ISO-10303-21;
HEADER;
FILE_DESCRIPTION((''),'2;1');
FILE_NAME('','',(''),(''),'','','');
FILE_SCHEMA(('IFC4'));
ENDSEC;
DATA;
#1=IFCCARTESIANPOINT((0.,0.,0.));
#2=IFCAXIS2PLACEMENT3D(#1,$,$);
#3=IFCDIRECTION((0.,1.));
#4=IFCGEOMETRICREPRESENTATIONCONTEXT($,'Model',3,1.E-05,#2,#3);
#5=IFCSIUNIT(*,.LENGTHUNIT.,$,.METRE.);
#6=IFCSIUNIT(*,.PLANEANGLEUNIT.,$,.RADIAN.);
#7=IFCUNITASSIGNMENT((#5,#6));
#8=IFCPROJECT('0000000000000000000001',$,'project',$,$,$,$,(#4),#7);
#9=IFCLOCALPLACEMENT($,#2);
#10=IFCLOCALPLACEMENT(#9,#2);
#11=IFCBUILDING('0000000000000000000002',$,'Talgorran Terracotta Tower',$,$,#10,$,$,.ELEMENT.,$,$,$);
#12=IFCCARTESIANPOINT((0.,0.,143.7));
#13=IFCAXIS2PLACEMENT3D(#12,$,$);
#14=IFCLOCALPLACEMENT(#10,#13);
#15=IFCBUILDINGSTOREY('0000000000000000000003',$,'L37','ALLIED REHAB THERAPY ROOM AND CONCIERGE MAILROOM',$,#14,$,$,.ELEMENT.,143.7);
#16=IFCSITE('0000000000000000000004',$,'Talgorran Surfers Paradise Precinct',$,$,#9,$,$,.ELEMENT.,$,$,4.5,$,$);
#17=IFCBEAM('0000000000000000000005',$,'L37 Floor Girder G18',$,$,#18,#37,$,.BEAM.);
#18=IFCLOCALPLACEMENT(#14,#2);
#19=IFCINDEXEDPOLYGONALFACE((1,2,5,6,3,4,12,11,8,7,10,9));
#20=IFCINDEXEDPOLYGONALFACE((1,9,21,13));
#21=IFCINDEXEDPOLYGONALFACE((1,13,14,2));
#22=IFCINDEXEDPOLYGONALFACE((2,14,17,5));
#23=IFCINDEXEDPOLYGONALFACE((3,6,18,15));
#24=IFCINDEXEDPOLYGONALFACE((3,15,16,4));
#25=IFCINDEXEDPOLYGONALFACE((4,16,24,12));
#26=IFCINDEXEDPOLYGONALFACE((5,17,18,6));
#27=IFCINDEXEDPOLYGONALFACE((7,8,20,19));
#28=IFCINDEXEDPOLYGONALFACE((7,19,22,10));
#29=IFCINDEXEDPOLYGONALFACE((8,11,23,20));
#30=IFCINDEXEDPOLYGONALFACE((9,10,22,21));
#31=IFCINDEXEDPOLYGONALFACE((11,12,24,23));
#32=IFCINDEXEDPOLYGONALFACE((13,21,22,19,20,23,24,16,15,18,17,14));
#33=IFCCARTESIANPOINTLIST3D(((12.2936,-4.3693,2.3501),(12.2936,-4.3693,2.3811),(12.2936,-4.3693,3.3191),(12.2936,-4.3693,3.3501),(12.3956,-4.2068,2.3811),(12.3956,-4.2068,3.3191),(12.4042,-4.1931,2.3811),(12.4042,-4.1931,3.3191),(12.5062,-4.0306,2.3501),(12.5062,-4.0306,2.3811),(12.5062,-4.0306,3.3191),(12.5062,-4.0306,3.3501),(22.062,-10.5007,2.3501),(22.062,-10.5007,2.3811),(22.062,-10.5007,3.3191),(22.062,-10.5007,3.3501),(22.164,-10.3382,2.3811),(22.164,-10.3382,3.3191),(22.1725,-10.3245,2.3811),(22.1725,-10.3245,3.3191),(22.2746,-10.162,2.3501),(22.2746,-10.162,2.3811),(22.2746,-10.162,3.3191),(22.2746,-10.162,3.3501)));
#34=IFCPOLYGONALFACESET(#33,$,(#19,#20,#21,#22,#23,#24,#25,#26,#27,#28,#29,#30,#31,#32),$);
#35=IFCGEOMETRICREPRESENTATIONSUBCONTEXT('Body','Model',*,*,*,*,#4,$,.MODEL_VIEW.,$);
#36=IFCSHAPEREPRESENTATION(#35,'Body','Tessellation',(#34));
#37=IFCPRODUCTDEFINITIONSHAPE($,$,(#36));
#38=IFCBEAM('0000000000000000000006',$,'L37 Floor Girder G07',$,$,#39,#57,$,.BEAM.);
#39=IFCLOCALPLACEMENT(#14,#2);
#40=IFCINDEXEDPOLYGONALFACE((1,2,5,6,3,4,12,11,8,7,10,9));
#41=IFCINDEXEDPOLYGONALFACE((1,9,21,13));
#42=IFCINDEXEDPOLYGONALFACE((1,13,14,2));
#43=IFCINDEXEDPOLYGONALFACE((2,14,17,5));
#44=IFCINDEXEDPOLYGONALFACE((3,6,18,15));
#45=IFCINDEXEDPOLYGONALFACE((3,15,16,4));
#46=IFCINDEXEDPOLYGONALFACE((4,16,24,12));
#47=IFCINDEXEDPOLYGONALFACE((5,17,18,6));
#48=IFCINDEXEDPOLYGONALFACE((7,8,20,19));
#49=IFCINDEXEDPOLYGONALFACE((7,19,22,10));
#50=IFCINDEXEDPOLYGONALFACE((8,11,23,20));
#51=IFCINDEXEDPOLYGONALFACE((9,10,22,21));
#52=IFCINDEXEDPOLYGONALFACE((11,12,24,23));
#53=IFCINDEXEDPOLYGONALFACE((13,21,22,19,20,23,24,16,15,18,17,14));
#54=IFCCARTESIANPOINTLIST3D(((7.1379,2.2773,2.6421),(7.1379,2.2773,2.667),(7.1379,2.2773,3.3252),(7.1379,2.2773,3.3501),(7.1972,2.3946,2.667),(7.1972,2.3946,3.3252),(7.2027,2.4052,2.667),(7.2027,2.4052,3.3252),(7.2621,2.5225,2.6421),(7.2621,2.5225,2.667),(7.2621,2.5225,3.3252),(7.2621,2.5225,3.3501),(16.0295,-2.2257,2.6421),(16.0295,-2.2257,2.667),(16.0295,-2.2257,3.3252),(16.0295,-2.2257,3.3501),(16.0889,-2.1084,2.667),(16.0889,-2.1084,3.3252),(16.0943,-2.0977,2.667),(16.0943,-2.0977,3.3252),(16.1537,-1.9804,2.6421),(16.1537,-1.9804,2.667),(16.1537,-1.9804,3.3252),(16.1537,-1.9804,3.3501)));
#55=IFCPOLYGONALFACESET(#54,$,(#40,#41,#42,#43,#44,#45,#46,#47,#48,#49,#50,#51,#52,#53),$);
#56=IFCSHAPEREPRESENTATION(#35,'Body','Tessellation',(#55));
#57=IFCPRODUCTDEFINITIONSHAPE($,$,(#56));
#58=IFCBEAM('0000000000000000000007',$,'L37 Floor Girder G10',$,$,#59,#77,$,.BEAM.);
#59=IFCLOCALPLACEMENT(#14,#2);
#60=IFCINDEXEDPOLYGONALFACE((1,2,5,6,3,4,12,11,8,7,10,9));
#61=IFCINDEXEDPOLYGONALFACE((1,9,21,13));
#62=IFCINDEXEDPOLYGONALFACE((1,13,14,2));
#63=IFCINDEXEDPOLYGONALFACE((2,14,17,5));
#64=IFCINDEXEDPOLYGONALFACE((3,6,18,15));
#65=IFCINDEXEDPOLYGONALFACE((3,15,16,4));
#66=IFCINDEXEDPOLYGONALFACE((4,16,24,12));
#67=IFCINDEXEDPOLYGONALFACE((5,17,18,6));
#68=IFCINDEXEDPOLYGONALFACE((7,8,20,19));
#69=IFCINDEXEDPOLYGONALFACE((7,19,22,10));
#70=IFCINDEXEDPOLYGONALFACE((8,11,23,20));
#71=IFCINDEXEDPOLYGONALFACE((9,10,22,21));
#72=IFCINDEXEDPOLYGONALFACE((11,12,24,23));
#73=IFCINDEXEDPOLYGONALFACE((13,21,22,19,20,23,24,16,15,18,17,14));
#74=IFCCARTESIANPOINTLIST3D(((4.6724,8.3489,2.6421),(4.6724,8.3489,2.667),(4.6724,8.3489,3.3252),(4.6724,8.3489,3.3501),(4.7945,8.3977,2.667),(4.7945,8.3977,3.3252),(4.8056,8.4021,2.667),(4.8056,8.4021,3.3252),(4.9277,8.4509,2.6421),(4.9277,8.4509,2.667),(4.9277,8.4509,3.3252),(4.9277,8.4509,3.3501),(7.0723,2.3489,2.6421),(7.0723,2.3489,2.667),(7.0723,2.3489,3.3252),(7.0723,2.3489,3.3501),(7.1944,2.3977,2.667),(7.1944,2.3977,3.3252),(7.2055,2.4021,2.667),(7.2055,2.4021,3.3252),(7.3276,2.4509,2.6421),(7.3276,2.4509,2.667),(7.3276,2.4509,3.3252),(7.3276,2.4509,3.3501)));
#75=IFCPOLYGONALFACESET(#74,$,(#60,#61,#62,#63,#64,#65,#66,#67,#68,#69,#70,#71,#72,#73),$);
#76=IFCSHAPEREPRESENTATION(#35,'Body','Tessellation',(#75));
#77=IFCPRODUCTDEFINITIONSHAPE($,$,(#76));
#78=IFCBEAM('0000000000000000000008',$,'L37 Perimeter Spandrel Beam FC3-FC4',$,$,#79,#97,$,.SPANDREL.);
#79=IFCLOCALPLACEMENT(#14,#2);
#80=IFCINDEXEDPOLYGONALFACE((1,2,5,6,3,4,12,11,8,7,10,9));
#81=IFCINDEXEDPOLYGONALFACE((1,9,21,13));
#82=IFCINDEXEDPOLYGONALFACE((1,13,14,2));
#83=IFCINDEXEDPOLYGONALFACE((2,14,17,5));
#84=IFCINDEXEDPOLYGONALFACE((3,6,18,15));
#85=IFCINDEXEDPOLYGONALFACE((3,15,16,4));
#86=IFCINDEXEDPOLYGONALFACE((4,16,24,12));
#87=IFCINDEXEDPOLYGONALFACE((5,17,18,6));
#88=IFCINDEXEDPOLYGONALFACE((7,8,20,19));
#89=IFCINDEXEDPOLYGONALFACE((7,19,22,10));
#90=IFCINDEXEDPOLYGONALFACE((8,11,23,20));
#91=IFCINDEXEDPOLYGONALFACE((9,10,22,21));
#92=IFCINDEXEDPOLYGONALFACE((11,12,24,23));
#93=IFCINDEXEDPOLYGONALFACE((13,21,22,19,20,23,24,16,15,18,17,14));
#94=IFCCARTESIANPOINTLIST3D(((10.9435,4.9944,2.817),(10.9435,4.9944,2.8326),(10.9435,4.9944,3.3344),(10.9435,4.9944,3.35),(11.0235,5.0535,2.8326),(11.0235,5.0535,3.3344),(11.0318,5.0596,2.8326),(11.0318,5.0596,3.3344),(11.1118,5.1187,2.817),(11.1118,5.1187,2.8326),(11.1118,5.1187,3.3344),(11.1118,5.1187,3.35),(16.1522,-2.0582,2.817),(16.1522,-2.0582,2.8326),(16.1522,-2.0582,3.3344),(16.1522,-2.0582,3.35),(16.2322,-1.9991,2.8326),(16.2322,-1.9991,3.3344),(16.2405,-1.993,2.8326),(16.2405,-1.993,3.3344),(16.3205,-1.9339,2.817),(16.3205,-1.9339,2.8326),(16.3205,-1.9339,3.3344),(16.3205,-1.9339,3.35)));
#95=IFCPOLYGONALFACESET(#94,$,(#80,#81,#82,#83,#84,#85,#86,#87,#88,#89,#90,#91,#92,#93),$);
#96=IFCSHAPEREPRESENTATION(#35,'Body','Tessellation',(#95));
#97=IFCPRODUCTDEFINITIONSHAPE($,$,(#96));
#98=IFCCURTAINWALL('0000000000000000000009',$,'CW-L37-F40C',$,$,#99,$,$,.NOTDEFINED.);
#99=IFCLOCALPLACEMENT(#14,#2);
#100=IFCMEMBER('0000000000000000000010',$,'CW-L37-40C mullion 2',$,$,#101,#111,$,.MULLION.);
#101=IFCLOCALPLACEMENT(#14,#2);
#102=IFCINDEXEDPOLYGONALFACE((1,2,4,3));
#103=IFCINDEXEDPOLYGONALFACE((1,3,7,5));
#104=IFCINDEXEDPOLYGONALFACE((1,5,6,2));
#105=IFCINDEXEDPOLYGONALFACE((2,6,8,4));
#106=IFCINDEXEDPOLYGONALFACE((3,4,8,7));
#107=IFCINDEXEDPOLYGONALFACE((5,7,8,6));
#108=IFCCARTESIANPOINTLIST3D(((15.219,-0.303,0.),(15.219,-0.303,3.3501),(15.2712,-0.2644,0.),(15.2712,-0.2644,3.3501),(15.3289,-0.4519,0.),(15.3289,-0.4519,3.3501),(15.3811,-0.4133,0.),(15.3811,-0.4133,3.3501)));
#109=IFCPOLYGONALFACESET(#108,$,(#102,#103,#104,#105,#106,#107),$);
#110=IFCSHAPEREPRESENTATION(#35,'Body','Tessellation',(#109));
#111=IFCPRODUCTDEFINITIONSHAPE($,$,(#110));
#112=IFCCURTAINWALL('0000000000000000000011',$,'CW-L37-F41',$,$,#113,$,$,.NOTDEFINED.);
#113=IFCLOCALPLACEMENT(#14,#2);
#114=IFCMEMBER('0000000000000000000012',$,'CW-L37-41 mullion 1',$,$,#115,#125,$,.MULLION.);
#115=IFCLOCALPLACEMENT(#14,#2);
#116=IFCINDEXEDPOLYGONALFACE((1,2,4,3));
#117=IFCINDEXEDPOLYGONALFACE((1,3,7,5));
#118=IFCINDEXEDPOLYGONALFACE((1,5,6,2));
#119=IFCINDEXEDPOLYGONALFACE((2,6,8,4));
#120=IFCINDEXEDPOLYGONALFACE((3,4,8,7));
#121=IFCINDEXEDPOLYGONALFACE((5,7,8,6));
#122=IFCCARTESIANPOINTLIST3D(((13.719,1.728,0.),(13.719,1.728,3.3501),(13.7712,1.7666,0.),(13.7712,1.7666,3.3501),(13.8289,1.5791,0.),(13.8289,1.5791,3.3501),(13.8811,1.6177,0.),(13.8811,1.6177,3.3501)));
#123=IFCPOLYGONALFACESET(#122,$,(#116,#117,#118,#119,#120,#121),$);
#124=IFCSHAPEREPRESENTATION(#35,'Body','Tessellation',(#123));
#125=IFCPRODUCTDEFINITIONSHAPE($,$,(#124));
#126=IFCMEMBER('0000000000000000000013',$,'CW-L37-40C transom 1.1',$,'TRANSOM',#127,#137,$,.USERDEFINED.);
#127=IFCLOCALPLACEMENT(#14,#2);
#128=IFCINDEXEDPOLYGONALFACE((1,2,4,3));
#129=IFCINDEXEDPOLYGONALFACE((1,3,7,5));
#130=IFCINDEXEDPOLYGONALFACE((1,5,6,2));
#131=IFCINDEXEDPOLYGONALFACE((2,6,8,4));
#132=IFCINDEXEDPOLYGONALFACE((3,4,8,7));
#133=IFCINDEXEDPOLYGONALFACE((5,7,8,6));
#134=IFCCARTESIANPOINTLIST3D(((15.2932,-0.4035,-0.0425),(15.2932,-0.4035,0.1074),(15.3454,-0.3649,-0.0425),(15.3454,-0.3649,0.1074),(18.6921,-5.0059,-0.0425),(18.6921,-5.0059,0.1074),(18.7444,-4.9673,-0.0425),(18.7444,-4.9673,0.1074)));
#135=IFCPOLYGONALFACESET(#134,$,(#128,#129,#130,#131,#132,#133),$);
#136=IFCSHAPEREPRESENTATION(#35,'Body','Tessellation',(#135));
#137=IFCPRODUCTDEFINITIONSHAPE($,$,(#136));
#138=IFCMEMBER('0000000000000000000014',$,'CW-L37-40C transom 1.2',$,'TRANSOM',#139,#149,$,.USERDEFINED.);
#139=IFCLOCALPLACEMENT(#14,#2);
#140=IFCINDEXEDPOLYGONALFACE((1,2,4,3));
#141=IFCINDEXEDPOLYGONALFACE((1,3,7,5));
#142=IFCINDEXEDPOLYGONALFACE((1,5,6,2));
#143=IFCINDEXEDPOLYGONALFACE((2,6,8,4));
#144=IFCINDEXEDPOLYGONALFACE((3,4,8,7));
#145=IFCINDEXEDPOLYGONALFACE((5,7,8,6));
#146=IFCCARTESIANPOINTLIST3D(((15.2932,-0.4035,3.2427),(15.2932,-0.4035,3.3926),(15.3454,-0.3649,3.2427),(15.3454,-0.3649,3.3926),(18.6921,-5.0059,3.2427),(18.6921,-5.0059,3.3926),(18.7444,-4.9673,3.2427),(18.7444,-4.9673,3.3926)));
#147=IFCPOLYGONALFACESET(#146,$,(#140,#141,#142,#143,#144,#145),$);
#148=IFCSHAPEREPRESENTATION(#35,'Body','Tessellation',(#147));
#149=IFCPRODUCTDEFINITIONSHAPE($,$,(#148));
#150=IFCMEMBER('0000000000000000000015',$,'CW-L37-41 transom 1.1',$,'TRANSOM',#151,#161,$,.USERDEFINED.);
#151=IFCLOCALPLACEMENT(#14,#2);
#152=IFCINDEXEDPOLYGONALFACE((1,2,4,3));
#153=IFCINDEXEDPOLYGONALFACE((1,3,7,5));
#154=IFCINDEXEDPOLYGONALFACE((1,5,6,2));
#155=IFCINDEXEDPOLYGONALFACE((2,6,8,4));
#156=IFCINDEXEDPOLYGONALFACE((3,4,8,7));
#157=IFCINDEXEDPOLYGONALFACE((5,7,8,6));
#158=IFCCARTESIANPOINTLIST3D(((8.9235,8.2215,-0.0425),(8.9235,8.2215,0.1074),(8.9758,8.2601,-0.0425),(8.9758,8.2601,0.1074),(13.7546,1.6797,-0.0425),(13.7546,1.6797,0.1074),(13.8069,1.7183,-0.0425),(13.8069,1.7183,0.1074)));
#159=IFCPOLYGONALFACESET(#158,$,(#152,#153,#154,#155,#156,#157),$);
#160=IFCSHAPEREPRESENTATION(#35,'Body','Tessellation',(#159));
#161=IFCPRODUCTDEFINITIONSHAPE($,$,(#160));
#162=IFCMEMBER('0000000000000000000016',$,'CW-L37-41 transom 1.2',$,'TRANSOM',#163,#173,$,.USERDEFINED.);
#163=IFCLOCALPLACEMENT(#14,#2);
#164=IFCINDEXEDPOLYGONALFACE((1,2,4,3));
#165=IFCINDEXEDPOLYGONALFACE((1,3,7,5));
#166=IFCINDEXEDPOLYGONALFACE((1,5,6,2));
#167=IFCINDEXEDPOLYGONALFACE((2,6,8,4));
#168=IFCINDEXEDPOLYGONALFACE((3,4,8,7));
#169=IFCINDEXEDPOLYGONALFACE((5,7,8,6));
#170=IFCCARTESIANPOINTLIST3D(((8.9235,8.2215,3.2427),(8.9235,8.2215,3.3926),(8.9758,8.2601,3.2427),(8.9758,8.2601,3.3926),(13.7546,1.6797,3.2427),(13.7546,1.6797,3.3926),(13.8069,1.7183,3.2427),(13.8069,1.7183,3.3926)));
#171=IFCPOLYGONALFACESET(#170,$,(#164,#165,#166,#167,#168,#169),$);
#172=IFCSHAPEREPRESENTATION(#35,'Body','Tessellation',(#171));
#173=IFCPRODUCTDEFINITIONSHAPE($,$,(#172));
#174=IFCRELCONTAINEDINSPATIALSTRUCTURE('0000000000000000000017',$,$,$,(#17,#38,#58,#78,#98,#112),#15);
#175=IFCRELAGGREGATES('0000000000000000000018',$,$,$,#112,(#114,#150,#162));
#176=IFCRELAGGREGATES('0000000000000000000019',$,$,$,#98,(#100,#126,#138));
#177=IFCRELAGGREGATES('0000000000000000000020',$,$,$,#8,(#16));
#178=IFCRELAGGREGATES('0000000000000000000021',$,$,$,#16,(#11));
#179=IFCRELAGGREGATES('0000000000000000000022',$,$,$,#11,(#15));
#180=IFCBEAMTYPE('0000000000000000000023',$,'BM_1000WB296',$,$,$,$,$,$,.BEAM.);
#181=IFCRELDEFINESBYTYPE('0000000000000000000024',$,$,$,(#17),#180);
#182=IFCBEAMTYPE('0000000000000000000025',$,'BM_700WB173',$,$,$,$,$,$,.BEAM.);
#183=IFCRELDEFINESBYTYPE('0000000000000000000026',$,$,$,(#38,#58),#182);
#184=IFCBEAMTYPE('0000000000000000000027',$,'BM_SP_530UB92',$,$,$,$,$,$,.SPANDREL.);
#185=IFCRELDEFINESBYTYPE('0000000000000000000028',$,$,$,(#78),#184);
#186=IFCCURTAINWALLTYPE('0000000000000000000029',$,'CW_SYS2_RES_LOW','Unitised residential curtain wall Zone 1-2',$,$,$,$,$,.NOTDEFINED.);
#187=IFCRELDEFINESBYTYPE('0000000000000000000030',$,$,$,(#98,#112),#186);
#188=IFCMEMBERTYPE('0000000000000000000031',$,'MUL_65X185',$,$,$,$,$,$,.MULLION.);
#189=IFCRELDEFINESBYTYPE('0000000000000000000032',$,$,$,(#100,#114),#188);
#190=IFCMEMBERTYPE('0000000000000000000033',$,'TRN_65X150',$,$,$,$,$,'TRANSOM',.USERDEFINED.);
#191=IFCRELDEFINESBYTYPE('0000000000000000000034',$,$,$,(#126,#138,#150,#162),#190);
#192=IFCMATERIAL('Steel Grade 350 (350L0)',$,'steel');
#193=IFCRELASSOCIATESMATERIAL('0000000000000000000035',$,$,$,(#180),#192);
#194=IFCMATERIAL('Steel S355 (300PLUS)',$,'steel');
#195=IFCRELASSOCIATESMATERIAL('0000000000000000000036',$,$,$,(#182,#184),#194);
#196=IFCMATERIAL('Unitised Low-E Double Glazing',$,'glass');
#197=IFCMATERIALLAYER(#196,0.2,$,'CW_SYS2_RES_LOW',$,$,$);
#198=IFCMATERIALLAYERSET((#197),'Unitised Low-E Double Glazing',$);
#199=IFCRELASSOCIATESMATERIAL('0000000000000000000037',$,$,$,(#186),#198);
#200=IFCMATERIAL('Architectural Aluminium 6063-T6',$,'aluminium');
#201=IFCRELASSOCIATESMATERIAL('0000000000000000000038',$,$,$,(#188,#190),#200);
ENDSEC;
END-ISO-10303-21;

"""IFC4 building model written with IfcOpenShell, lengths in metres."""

from ifc_helpers import new_model, si_unit, direction, frame, origin, origin_2d, place, context, subcontext, project, spatial, rectangle, i_section, extrude, material, layer, layer_set, material_profile, profile_set, type_object, element, aggregate, save


model = new_model("IFC4")

# Units and contexts
model_context = context("Model", 3, precision=1e-05, world=origin(), true_north=direction((0.0, 1.0)))
body_context = subcontext(model_context, "Body", "Model", "MODEL_VIEW")
ifc_project = project(units=[si_unit("LENGTHUNIT", "METRE"), si_unit("PLANEANGLEUNIT", "RADIAN")], contexts=[model_context])

# Site, building, storey
site_placement = place(None, origin())
site = spatial("IfcSite", under=ifc_project, at=site_placement, Name="Talgorran Surfers Paradise Precinct", CompositionType="ELEMENT", RefElevation=4.5)
building_placement = place(site_placement, origin())
building = spatial("IfcBuilding", under=site, at=building_placement, Name="Talgorran Terracotta Tower", CompositionType="ELEMENT")
storey_placement = place(building_placement, frame((0.0, 0.0, 143.7)))
storey = spatial("IfcBuildingStorey", under=building, at=storey_placement, Name="L37", Description="ALLIED REHAB THERAPY ROOM AND CONCIERGE MAILROOM", CompositionType="ELEMENT", Elevation=143.7)

# Shared definitions
ifc_material_1 = material(Name="Steel S355 (300PLUS)", Category="steel")
ifc_material_2 = material(Name="Steel Grade 350 (350L0)", Category="steel")

# Beams
ifc_material_profile_1 = material_profile(ifc_material_2, i_section(OverallWidth=0.3999, OverallDepth=1.0, WebThickness=0.0161, FlangeThickness=0.031, at=origin_2d()), Name="1000WB296")
ifc_profile_set_1 = profile_set([ifc_material_profile_1], Name="Steel Grade 350 (350L0)")
beam_type_1 = type_object("IfcBeamType", Name="BM_1000WB296", PredefinedType="BEAM", material=ifc_profile_set_1)
beam_1_placement = place(storey_placement, frame((12.3999, -4.2, 2.8501), z_axis=(0.846978, -0.531629, 0.0), x_axis=(0.531629, 0.846978, 0.0)))
element("IfcBeam", 1, at=beam_1_placement, inside=storey, type_object=beam_type_1, Name="L37 Floor Girder G18", PredefinedType="BEAM", context=body_context, shape_type="SweptSolid", body=[
    extrude(i_section(OverallWidth=0.3999, OverallDepth=1.0, WebThickness=0.0161, FlangeThickness=0.031, at=origin_2d()), origin(), (0.0, 0.0, 1.0), 11.5332),
])
ifc_material_profile_2 = material_profile(ifc_material_1, i_section(OverallWidth=0.2749, OverallDepth=0.708, WebThickness=0.012, FlangeThickness=0.0249, at=origin_2d()), Name="700WB173")
ifc_profile_set_2 = profile_set([ifc_material_profile_2], Name="Steel S355 (300PLUS)")
beam_type_2 = type_object("IfcBeamType", Name="BM_700WB173", PredefinedType="BEAM", material=ifc_profile_set_2)
beam_2_placement = place(storey_placement, frame((7.2, 2.3999, 2.9961), z_axis=(0.892123, -0.451793, 0.0), x_axis=(0.451793, 0.892123, 0.0)))
element("IfcBeam", 2, at=beam_2_placement, inside=storey, type_object=beam_type_2, Name="L37 Floor Girder G07", PredefinedType="BEAM", context=body_context, shape_type="SweptSolid", body=[
    extrude(i_section(OverallWidth=0.2749, OverallDepth=0.708, WebThickness=0.012, FlangeThickness=0.0249, at=origin_2d()), origin(), (0.0, 0.0, 1.0), 9.9668),
])
beam_3_placement = place(storey_placement, frame((7.2, 2.3999, 2.9961), z_axis=(-0.371378, 0.928482, 0.0), x_axis=(-0.928482, -0.371378, 0.0)))
element("IfcBeam", 3, at=beam_3_placement, inside=storey, type_object=beam_type_2, Name="L37 Floor Girder G10", PredefinedType="BEAM", context=body_context, shape_type="SweptSolid", body=[
    extrude(i_section(OverallWidth=0.2749, OverallDepth=0.708, WebThickness=0.012, FlangeThickness=0.0249, at=origin_2d()), origin(), (0.0, 0.0, 1.0), 6.4622),
])
ifc_material_profile_3 = material_profile(ifc_material_1, i_section(OverallWidth=0.2092, OverallDepth=0.533, WebThickness=0.0103, FlangeThickness=0.0156, at=origin_2d()), Name="530UB92.4")
ifc_profile_set_3 = profile_set([ifc_material_profile_3], Name="Steel S355 (300PLUS)")
beam_type_3 = type_object("IfcBeamType", Name="BM_SP_530UB92", PredefinedType="SPANDREL", material=ifc_profile_set_3)
beam_4_placement = place(storey_placement, frame((16.2363, -1.9961, 3.0835), z_axis=(-0.594085, 0.804402, 0.0), x_axis=(-0.804402, -0.594085, 0.0)))
element("IfcBeam", 4, at=beam_4_placement, inside=storey, type_object=beam_type_3, Name="L37 Perimeter Spandrel Beam FC3-FC4", PredefinedType="SPANDREL", context=body_context, shape_type="SweptSolid", body=[
    extrude(i_section(OverallWidth=0.2092, OverallDepth=0.533, WebThickness=0.0103, FlangeThickness=0.0156, at=origin_2d()), origin(), (0.0, 0.0, 1.0), 8.7676),
])

# Curtain walls, members
ifc_material_3 = material(Name="Unitised Low-E Double Glazing", Category="glass")
ifc_layer_1 = layer(ifc_material_3, 0.2, Name="CW_SYS2_RES_LOW")
ifc_layer_set_1 = layer_set([ifc_layer_1], Name="Unitised Low-E Double Glazing")
curtain_wall_type = type_object("IfcCurtainWallType", Name="CW_SYS2_RES_LOW", Description="Unitised residential curtain wall Zone 1-2", PredefinedType="NOTDEFINED", material=ifc_layer_set_1)
curtain_wall_1_placement = place(storey_placement, origin())
curtain_wall_1 = element("IfcCurtainWall", 5, at=curtain_wall_1_placement, inside=storey, type_object=curtain_wall_type, Name="CW-L37-F40C", PredefinedType="NOTDEFINED")
ifc_material_4 = material(Name="Architectural Aluminium 6063-T6", Category="aluminium")
ifc_material_profile_4 = material_profile(ifc_material_4, rectangle(XDim=0.0649, YDim=0.1851, at=origin_2d()), Name="CWM65X185")
ifc_profile_set_4 = profile_set([ifc_material_profile_4], Name="Architectural Aluminium 6063-T6")
member_type_1 = type_object("IfcMemberType", Name="MUL_65X185", PredefinedType="MULLION", material=ifc_profile_set_4)
member_1_placement = place(storey_placement, frame((15.3, -0.3582, 0.0), z_axis=(0.0, 0.0, 1.0), x_axis=(-0.804408, -0.594077, 0.0)))
member_1 = element("IfcMember", 6, at=member_1_placement, type_object=member_type_1, Name="CW-L37-40C mullion 2", PredefinedType="MULLION", context=body_context, shape_type="SweptSolid", body=[
    extrude(rectangle(XDim=0.0649, YDim=0.1851, at=origin_2d()), origin(), (0.0, 0.0, 1.0), 3.3501),
])
curtain_wall_2_placement = place(storey_placement, origin())
curtain_wall_2 = element("IfcCurtainWall", 7, at=curtain_wall_2_placement, inside=storey, type_object=curtain_wall_type, Name="CW-L37-F41", PredefinedType="NOTDEFINED")
member_2_placement = place(storey_placement, frame((13.8, 1.6729, 0.0), z_axis=(0.0, 0.0, 1.0), x_axis=(-0.804414, -0.594069, 0.0)))
member_2 = element("IfcMember", 8, at=member_2_placement, type_object=member_type_1, Name="CW-L37-41 mullion 1", PredefinedType="MULLION", context=body_context, shape_type="SweptSolid", body=[
    extrude(rectangle(XDim=0.0649, YDim=0.1851, at=origin_2d()), origin(), (0.0, 0.0, 1.0), 3.3501),
])

# Members
ifc_material_profile_5 = material_profile(ifc_material_4, rectangle(XDim=0.0649, YDim=0.1499, at=origin_2d()), Name="CWT65X150")
ifc_profile_set_5 = profile_set([ifc_material_profile_5], Name="Architectural Aluminium 6063-T6")
member_type_2 = type_object("IfcMemberType", Name="TRN_65X150", ElementType="TRANSOM", PredefinedType="USERDEFINED", material=ifc_profile_set_5)
member_3_placement = place(storey_placement, frame((18.7183, -4.9866, 0.0325), z_axis=(-0.594078, 0.804408, 0.0), x_axis=(-0.804408, -0.594078, 0.0)))
member_3 = element("IfcMember", 9, at=member_3_placement, type_object=member_type_2, Name="CW-L37-40C transom 1.1", ObjectType="TRANSOM", PredefinedType="USERDEFINED", context=body_context, shape_type="SweptSolid", body=[
    extrude(rectangle(XDim=0.0649, YDim=0.1499, at=origin_2d()), origin(), (0.0, 0.0, 1.0), 5.7214),
])
member_4_placement = place(storey_placement, frame((18.7183, -4.9866, 3.3176), z_axis=(-0.594078, 0.804408, 0.0), x_axis=(-0.804408, -0.594078, 0.0)))
member_4 = element("IfcMember", 10, at=member_4_placement, type_object=member_type_2, Name="CW-L37-40C transom 1.2", ObjectType="TRANSOM", PredefinedType="USERDEFINED", context=body_context, shape_type="SweptSolid", body=[
    extrude(rectangle(XDim=0.0649, YDim=0.1499, at=origin_2d()), origin(), (0.0, 0.0, 1.0), 5.7214),
])
member_5_placement = place(storey_placement, frame((13.7808, 1.699, 0.0325), z_axis=(-0.594061, 0.80442, 0.0), x_axis=(-0.80442, -0.594061, 0.0)))
member_5 = element("IfcMember", 11, at=member_5_placement, type_object=member_type_2, Name="CW-L37-41 transom 1.1", ObjectType="TRANSOM", PredefinedType="USERDEFINED", context=body_context, shape_type="SweptSolid", body=[
    extrude(rectangle(XDim=0.0649, YDim=0.1499, at=origin_2d()), origin(), (0.0, 0.0, 1.0), 8.1323),
])
member_6_placement = place(storey_placement, frame((13.7808, 1.699, 3.3176), z_axis=(-0.594061, 0.80442, 0.0), x_axis=(-0.80442, -0.594061, 0.0)))
member_6 = element("IfcMember", 12, at=member_6_placement, type_object=member_type_2, Name="CW-L37-41 transom 1.2", ObjectType="TRANSOM", PredefinedType="USERDEFINED", context=body_context, shape_type="SweptSolid", body=[
    extrude(rectangle(XDim=0.0649, YDim=0.1499, at=origin_2d()), origin(), (0.0, 0.0, 1.0), 8.1323),
])
aggregate(curtain_wall_2, [member_2, member_5, member_6])

aggregate(curtain_wall_1, [member_1, member_3, member_4])

save(model, "model.ifc")
